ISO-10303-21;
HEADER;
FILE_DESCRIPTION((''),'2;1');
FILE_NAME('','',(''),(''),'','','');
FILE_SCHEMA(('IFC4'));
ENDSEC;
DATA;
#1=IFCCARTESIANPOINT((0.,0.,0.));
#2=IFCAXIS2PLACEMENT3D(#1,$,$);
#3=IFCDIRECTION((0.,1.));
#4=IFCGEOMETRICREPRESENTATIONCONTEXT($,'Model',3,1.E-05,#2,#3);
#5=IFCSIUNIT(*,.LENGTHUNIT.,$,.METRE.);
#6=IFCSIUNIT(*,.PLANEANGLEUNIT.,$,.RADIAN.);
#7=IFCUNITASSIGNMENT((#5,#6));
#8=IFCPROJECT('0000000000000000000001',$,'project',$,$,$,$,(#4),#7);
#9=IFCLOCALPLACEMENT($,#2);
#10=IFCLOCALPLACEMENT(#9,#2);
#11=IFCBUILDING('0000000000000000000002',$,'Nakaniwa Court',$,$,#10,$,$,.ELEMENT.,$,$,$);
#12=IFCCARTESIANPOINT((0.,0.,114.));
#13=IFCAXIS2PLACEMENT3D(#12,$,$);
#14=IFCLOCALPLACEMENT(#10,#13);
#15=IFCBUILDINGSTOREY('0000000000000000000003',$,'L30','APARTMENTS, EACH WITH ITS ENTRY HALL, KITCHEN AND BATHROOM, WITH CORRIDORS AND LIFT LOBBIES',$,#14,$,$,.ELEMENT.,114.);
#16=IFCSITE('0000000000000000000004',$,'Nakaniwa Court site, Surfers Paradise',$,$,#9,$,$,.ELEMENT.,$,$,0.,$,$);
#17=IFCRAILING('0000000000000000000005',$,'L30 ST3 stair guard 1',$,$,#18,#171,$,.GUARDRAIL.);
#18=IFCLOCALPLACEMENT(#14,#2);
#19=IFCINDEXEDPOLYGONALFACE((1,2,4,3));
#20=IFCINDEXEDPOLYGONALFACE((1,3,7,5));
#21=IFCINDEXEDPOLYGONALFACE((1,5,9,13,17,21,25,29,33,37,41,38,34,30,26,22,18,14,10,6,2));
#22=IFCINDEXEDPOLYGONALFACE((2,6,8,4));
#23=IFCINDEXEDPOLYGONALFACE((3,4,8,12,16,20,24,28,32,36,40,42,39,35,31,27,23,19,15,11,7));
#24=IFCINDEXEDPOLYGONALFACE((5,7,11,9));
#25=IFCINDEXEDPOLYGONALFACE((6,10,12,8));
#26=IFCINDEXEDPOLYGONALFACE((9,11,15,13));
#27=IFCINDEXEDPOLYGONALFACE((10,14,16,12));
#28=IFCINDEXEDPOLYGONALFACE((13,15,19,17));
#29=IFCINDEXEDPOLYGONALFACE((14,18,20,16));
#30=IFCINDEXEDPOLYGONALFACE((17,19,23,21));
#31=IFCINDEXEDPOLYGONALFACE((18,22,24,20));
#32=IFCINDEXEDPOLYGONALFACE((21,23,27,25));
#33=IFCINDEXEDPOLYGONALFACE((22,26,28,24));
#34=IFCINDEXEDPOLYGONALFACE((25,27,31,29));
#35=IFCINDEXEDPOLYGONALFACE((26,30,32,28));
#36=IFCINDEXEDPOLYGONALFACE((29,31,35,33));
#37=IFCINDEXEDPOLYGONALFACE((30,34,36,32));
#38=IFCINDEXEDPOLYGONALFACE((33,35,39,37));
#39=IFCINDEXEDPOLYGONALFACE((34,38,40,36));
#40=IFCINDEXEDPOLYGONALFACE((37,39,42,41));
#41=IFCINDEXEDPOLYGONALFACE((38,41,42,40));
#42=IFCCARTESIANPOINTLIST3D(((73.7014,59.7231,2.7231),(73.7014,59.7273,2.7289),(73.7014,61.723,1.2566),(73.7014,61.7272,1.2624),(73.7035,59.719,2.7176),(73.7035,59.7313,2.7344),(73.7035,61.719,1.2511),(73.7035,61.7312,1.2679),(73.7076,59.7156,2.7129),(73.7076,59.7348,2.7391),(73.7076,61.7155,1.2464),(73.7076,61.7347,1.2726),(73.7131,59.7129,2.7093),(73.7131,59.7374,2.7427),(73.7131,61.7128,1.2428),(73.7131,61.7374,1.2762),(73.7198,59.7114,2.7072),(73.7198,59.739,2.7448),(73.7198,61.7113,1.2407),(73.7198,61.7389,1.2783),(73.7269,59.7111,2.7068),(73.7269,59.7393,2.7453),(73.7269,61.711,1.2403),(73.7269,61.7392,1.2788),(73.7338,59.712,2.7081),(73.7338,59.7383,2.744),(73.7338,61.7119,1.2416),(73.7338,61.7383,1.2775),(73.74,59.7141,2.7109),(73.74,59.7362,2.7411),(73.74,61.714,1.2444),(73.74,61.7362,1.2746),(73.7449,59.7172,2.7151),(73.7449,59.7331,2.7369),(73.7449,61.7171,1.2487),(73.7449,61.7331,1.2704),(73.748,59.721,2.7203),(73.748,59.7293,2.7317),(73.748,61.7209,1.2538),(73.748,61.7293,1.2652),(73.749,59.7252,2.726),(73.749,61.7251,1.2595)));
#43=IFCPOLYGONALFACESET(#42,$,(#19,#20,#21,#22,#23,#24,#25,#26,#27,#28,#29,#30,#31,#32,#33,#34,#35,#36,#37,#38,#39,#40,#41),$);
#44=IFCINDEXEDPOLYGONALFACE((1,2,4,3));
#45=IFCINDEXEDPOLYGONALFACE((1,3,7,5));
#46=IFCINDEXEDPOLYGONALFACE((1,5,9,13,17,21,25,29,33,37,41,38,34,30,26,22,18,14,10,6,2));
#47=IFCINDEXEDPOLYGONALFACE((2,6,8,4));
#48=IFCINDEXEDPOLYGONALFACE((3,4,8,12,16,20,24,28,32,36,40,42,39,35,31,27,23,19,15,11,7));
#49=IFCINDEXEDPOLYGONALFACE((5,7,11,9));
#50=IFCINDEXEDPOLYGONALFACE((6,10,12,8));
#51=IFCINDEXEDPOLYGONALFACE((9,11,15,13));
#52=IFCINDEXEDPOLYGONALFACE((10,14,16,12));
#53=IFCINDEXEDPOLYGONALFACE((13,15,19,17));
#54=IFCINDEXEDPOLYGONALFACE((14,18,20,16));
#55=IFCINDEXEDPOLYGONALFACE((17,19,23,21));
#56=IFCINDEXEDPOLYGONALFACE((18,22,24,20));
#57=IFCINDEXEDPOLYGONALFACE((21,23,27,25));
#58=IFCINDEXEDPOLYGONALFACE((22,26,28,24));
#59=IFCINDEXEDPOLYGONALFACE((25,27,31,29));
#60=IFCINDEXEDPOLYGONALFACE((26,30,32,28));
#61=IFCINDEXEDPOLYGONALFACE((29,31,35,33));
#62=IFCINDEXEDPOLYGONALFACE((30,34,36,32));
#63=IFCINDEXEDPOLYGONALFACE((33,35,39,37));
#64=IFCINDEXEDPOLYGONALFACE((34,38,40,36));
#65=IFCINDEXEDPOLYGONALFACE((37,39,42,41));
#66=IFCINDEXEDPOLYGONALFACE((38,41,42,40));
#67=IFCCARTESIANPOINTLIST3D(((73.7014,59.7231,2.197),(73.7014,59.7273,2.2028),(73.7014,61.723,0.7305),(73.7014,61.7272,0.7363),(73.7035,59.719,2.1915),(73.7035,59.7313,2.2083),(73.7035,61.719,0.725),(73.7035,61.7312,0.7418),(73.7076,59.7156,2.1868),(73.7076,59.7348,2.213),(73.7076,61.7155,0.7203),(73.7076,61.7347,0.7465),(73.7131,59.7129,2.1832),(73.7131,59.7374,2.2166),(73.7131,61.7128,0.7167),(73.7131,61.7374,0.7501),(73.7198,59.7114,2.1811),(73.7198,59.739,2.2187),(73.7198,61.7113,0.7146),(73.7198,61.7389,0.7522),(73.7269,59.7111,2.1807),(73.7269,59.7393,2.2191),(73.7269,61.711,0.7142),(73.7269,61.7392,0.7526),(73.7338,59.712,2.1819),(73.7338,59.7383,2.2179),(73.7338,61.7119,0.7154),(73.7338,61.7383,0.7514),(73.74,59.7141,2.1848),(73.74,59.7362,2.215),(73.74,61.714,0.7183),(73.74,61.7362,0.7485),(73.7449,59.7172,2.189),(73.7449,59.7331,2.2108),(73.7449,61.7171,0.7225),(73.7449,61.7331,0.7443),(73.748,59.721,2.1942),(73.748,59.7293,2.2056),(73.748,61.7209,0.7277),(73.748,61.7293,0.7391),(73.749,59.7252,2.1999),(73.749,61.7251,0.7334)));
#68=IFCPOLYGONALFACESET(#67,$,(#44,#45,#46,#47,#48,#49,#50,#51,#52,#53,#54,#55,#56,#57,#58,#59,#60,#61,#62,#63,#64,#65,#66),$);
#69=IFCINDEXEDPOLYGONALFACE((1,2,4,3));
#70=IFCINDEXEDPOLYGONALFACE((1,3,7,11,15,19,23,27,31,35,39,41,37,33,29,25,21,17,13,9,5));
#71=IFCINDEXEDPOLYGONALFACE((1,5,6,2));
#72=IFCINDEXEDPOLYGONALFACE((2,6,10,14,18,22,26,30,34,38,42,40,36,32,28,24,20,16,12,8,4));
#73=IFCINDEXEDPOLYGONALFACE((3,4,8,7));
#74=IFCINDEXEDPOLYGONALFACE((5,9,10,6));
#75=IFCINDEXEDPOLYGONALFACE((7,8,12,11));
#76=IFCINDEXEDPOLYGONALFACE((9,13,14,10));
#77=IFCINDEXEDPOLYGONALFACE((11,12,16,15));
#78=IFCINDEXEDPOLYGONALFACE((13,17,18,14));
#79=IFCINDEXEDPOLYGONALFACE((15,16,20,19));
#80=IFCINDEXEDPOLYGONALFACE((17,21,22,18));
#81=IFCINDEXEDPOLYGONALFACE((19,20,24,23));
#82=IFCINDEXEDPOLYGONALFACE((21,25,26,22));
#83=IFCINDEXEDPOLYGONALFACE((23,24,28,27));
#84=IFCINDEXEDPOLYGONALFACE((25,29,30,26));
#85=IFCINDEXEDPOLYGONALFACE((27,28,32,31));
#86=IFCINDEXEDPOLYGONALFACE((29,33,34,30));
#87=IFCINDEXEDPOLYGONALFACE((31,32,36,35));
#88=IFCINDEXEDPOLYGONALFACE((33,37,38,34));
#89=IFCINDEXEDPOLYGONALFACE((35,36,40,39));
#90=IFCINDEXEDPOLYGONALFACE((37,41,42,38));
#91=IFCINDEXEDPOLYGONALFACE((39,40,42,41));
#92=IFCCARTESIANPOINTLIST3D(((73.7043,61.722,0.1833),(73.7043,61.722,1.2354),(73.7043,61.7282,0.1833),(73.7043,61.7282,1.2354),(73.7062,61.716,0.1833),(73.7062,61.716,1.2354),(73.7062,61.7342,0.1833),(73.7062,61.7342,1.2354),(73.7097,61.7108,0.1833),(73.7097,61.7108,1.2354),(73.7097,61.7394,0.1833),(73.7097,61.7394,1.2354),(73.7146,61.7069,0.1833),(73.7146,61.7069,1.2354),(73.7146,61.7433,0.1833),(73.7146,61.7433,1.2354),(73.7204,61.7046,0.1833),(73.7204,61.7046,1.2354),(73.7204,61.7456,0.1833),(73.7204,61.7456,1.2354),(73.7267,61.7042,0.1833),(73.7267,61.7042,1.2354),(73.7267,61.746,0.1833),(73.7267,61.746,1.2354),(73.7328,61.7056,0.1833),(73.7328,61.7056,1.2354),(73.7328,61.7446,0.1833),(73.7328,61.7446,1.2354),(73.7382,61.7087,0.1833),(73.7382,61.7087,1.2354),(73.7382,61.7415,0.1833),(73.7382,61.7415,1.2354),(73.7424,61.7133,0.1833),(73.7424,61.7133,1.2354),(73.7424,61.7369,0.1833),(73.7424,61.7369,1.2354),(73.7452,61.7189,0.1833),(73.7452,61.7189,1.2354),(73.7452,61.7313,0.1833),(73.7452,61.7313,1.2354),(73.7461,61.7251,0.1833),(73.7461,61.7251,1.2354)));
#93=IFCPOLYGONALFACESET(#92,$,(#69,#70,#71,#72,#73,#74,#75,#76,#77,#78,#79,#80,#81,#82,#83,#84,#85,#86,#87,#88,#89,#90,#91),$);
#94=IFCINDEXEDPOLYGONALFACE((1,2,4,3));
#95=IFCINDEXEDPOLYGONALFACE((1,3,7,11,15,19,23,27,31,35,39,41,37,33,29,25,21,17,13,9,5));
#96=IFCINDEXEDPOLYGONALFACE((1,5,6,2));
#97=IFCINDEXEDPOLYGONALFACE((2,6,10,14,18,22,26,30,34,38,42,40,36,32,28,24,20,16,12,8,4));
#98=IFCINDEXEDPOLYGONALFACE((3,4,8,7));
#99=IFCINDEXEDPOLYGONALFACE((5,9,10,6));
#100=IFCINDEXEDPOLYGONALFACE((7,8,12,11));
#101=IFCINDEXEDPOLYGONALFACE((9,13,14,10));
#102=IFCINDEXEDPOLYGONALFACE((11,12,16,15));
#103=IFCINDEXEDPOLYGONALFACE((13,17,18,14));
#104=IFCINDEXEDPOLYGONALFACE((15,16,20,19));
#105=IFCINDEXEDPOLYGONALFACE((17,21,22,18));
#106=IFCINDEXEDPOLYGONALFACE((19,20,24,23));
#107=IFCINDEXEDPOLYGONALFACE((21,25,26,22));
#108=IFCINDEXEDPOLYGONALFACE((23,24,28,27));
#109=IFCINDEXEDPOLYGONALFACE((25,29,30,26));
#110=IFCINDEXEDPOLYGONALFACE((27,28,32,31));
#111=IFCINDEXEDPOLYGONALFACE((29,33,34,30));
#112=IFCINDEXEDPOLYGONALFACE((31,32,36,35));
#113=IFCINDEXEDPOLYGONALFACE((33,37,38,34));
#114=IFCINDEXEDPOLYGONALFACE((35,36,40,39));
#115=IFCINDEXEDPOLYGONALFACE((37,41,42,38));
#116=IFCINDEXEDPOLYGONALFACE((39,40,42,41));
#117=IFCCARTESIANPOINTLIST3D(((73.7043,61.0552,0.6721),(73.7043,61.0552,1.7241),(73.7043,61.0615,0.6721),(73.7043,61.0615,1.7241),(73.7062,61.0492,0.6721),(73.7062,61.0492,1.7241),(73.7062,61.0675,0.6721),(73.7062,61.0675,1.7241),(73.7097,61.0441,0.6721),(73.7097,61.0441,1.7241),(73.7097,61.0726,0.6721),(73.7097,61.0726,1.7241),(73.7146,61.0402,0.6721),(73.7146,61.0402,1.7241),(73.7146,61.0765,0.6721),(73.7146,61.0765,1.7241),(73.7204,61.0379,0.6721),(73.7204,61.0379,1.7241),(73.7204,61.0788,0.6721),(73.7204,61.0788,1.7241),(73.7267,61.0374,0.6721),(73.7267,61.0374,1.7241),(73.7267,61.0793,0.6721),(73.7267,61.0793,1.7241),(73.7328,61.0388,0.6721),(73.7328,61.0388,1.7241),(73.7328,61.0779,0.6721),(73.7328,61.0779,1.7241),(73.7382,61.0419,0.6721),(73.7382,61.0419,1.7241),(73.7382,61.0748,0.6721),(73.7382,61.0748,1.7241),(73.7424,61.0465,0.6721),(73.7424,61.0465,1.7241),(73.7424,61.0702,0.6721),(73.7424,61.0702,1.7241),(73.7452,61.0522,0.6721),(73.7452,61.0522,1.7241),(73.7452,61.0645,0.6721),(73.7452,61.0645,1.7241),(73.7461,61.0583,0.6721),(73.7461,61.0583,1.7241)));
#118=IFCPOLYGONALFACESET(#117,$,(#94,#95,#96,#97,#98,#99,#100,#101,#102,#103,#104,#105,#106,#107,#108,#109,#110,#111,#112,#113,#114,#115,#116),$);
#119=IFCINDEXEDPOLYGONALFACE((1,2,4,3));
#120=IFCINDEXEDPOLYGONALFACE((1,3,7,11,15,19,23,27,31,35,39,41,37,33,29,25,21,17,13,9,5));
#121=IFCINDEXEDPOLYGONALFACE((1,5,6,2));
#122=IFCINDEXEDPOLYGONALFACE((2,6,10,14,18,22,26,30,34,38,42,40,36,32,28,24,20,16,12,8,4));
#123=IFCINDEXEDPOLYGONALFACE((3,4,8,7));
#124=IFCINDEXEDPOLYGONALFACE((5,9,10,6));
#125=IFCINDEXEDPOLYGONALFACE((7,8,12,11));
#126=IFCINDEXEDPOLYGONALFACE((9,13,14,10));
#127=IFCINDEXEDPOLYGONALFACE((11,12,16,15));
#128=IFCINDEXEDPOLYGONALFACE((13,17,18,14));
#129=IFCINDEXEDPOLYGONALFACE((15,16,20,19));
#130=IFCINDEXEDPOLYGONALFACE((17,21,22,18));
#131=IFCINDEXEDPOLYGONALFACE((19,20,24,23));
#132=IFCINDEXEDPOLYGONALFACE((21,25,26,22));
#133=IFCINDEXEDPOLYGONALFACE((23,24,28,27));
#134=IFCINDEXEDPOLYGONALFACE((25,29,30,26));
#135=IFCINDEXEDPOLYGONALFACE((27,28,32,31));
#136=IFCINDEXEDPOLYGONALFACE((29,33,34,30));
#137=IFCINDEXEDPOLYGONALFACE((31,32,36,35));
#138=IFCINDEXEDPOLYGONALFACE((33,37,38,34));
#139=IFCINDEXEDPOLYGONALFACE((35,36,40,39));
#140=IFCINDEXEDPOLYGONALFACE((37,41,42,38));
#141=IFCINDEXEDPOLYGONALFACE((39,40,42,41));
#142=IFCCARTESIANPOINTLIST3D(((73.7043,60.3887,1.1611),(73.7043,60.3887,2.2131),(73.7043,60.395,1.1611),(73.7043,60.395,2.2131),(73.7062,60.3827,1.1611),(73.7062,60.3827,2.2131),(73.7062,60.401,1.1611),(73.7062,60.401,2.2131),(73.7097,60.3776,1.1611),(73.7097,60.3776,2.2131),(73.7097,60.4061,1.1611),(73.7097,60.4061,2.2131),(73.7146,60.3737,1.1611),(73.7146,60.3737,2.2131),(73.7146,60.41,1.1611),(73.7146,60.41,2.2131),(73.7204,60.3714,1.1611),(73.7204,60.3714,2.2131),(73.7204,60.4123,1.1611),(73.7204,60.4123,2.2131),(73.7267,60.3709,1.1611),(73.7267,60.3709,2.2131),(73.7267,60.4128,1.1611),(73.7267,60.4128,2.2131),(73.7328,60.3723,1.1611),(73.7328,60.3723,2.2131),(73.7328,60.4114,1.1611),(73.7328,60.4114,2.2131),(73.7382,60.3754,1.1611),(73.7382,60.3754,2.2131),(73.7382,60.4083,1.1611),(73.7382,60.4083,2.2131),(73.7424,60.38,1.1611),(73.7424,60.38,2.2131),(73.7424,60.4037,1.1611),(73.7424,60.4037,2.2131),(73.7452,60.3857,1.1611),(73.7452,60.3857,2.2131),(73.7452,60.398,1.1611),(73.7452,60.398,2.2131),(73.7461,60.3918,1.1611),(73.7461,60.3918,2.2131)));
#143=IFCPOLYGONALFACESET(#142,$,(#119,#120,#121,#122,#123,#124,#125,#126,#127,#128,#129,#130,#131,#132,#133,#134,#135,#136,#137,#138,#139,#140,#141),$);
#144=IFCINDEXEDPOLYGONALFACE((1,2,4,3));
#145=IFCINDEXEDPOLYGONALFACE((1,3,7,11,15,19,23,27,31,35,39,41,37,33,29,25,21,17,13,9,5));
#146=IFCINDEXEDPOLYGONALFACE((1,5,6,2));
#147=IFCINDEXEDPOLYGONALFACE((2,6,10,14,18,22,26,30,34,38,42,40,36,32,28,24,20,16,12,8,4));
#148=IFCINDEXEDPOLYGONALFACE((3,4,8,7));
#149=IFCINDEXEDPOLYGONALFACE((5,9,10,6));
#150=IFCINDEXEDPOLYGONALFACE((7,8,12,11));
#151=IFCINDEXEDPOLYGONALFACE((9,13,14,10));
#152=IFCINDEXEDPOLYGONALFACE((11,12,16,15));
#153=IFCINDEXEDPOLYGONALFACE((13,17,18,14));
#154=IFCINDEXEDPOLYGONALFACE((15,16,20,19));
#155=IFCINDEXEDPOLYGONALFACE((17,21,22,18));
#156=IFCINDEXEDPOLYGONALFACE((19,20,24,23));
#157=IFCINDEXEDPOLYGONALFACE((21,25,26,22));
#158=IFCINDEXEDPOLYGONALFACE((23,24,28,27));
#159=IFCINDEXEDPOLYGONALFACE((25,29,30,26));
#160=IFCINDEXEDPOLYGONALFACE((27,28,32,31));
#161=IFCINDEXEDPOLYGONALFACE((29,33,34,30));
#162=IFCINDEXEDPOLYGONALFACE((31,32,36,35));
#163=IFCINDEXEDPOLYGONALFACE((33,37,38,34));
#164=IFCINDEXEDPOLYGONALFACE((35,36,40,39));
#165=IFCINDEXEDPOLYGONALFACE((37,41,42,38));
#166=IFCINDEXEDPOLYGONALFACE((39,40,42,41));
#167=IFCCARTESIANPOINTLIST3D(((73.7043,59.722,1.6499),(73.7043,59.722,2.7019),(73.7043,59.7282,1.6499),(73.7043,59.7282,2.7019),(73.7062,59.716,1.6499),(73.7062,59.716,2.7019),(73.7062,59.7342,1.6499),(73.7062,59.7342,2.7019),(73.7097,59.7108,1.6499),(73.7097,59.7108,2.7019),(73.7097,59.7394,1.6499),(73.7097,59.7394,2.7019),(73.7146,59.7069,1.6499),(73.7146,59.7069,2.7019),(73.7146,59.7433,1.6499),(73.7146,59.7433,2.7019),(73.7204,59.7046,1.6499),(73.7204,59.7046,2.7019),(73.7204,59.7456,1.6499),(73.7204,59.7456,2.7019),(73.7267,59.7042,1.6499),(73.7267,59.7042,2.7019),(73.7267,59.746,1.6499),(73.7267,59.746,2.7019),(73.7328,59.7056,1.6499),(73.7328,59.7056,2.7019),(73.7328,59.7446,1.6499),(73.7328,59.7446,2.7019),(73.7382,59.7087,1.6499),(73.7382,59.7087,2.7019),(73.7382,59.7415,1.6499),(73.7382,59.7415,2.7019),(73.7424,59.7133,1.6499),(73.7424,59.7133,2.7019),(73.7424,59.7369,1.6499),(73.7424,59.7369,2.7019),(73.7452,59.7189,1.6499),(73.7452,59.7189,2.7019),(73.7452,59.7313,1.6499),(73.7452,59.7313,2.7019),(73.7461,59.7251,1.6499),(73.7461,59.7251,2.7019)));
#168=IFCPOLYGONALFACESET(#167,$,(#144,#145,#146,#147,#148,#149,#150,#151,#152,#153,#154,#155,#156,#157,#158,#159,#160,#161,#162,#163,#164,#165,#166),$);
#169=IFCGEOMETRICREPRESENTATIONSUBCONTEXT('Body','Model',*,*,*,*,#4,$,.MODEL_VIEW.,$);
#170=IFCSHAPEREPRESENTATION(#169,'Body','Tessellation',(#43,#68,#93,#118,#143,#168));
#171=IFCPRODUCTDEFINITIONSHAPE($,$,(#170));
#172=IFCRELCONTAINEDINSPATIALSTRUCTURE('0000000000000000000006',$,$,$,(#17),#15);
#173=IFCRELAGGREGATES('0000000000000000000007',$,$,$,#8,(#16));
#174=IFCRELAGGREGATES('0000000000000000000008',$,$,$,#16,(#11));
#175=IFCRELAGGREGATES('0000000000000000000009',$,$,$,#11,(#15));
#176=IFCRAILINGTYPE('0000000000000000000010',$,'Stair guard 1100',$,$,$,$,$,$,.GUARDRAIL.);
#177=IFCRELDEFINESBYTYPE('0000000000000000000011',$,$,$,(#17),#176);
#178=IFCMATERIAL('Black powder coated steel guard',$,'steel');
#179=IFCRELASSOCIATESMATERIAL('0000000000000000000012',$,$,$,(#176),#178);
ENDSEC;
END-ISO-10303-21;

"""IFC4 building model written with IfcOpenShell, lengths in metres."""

from ifc_helpers import new_model, si_unit, direction, frame, origin, origin_2d, place, context, subcontext, project, spatial, circle, extrude, material, type_object, element, save


model = new_model("IFC4")

# Units and contexts
model_context = context("Model", 3, precision=1e-05, world=origin(), true_north=direction((0.0, 1.0)))
body_context = subcontext(model_context, "Body", "Model", "MODEL_VIEW")
ifc_project = project(units=[si_unit("LENGTHUNIT", "METRE"), si_unit("PLANEANGLEUNIT", "RADIAN")], contexts=[model_context])

# Site, building, storey
site_placement = place(None, origin())
site = spatial("IfcSite", under=ifc_project, at=site_placement, Name="Nakaniwa Court site, Surfers Paradise", CompositionType="ELEMENT", RefElevation=0.0)
building_placement = place(site_placement, origin())
building = spatial("IfcBuilding", under=site, at=building_placement, Name="Nakaniwa Court", CompositionType="ELEMENT")
storey_placement = place(building_placement, frame((0.0, 0.0, 114.0)))
storey = spatial("IfcBuildingStorey", under=building, at=storey_placement, Name="L30", Description="APARTMENTS, EACH WITH ITS ENTRY HALL, KITCHEN AND BATHROOM, WITH CORRIDORS AND LIFT LOBBIES", CompositionType="ELEMENT", Elevation=114.0)

# Railing
ifc_material_1 = material(Name="Black powder coated steel guard", Category="steel")
railing_type_1 = type_object("IfcRailingType", Name="Stair guard 1100", PredefinedType="GUARDRAIL", material=ifc_material_1)
railing_1_placement = place(storey_placement, frame((73.7251, 61.7251, 0.1833)))
element("IfcRailing", 1, at=railing_1_placement, inside=storey, type_object=railing_type_1, Name="L30 ST3 stair guard 1", PredefinedType="GUARDRAIL", context=body_context, shape_type="SweptSolid", body=[
    extrude(circle(Radius=0.0239, at=origin_2d()), frame((0.0, 0.0, 1.0762), z_axis=(0.0, -0.806427, 0.591334), x_axis=(1.0, 0.0, 0.0)), (0.0, 0.0, 1.0), 2.48),
    extrude(circle(Radius=0.0239, at=origin_2d()), frame((0.0, 0.0, 0.55), z_axis=(0.0, -0.806427, 0.591334), x_axis=(1.0, 0.0, 0.0)), (0.0, 0.0, 1.0), 2.48),
    extrude(circle(Radius=0.021, at=origin_2d()), origin(), (0.0, 0.0, 1.0), 1.052),
    extrude(circle(Radius=0.021, at=origin_2d()), frame((0.0, -0.6667, 0.4888)), (0.0, 0.0, 1.0), 1.052),
    extrude(circle(Radius=0.021, at=origin_2d()), frame((0.0, -1.3333, 0.9778)), (0.0, 0.0, 1.0), 1.052),
    extrude(circle(Radius=0.021, at=origin_2d()), frame((0.0, -2.0, 1.4666)), (0.0, 0.0, 1.0), 1.052),
])

save(model, "model.ifc")
